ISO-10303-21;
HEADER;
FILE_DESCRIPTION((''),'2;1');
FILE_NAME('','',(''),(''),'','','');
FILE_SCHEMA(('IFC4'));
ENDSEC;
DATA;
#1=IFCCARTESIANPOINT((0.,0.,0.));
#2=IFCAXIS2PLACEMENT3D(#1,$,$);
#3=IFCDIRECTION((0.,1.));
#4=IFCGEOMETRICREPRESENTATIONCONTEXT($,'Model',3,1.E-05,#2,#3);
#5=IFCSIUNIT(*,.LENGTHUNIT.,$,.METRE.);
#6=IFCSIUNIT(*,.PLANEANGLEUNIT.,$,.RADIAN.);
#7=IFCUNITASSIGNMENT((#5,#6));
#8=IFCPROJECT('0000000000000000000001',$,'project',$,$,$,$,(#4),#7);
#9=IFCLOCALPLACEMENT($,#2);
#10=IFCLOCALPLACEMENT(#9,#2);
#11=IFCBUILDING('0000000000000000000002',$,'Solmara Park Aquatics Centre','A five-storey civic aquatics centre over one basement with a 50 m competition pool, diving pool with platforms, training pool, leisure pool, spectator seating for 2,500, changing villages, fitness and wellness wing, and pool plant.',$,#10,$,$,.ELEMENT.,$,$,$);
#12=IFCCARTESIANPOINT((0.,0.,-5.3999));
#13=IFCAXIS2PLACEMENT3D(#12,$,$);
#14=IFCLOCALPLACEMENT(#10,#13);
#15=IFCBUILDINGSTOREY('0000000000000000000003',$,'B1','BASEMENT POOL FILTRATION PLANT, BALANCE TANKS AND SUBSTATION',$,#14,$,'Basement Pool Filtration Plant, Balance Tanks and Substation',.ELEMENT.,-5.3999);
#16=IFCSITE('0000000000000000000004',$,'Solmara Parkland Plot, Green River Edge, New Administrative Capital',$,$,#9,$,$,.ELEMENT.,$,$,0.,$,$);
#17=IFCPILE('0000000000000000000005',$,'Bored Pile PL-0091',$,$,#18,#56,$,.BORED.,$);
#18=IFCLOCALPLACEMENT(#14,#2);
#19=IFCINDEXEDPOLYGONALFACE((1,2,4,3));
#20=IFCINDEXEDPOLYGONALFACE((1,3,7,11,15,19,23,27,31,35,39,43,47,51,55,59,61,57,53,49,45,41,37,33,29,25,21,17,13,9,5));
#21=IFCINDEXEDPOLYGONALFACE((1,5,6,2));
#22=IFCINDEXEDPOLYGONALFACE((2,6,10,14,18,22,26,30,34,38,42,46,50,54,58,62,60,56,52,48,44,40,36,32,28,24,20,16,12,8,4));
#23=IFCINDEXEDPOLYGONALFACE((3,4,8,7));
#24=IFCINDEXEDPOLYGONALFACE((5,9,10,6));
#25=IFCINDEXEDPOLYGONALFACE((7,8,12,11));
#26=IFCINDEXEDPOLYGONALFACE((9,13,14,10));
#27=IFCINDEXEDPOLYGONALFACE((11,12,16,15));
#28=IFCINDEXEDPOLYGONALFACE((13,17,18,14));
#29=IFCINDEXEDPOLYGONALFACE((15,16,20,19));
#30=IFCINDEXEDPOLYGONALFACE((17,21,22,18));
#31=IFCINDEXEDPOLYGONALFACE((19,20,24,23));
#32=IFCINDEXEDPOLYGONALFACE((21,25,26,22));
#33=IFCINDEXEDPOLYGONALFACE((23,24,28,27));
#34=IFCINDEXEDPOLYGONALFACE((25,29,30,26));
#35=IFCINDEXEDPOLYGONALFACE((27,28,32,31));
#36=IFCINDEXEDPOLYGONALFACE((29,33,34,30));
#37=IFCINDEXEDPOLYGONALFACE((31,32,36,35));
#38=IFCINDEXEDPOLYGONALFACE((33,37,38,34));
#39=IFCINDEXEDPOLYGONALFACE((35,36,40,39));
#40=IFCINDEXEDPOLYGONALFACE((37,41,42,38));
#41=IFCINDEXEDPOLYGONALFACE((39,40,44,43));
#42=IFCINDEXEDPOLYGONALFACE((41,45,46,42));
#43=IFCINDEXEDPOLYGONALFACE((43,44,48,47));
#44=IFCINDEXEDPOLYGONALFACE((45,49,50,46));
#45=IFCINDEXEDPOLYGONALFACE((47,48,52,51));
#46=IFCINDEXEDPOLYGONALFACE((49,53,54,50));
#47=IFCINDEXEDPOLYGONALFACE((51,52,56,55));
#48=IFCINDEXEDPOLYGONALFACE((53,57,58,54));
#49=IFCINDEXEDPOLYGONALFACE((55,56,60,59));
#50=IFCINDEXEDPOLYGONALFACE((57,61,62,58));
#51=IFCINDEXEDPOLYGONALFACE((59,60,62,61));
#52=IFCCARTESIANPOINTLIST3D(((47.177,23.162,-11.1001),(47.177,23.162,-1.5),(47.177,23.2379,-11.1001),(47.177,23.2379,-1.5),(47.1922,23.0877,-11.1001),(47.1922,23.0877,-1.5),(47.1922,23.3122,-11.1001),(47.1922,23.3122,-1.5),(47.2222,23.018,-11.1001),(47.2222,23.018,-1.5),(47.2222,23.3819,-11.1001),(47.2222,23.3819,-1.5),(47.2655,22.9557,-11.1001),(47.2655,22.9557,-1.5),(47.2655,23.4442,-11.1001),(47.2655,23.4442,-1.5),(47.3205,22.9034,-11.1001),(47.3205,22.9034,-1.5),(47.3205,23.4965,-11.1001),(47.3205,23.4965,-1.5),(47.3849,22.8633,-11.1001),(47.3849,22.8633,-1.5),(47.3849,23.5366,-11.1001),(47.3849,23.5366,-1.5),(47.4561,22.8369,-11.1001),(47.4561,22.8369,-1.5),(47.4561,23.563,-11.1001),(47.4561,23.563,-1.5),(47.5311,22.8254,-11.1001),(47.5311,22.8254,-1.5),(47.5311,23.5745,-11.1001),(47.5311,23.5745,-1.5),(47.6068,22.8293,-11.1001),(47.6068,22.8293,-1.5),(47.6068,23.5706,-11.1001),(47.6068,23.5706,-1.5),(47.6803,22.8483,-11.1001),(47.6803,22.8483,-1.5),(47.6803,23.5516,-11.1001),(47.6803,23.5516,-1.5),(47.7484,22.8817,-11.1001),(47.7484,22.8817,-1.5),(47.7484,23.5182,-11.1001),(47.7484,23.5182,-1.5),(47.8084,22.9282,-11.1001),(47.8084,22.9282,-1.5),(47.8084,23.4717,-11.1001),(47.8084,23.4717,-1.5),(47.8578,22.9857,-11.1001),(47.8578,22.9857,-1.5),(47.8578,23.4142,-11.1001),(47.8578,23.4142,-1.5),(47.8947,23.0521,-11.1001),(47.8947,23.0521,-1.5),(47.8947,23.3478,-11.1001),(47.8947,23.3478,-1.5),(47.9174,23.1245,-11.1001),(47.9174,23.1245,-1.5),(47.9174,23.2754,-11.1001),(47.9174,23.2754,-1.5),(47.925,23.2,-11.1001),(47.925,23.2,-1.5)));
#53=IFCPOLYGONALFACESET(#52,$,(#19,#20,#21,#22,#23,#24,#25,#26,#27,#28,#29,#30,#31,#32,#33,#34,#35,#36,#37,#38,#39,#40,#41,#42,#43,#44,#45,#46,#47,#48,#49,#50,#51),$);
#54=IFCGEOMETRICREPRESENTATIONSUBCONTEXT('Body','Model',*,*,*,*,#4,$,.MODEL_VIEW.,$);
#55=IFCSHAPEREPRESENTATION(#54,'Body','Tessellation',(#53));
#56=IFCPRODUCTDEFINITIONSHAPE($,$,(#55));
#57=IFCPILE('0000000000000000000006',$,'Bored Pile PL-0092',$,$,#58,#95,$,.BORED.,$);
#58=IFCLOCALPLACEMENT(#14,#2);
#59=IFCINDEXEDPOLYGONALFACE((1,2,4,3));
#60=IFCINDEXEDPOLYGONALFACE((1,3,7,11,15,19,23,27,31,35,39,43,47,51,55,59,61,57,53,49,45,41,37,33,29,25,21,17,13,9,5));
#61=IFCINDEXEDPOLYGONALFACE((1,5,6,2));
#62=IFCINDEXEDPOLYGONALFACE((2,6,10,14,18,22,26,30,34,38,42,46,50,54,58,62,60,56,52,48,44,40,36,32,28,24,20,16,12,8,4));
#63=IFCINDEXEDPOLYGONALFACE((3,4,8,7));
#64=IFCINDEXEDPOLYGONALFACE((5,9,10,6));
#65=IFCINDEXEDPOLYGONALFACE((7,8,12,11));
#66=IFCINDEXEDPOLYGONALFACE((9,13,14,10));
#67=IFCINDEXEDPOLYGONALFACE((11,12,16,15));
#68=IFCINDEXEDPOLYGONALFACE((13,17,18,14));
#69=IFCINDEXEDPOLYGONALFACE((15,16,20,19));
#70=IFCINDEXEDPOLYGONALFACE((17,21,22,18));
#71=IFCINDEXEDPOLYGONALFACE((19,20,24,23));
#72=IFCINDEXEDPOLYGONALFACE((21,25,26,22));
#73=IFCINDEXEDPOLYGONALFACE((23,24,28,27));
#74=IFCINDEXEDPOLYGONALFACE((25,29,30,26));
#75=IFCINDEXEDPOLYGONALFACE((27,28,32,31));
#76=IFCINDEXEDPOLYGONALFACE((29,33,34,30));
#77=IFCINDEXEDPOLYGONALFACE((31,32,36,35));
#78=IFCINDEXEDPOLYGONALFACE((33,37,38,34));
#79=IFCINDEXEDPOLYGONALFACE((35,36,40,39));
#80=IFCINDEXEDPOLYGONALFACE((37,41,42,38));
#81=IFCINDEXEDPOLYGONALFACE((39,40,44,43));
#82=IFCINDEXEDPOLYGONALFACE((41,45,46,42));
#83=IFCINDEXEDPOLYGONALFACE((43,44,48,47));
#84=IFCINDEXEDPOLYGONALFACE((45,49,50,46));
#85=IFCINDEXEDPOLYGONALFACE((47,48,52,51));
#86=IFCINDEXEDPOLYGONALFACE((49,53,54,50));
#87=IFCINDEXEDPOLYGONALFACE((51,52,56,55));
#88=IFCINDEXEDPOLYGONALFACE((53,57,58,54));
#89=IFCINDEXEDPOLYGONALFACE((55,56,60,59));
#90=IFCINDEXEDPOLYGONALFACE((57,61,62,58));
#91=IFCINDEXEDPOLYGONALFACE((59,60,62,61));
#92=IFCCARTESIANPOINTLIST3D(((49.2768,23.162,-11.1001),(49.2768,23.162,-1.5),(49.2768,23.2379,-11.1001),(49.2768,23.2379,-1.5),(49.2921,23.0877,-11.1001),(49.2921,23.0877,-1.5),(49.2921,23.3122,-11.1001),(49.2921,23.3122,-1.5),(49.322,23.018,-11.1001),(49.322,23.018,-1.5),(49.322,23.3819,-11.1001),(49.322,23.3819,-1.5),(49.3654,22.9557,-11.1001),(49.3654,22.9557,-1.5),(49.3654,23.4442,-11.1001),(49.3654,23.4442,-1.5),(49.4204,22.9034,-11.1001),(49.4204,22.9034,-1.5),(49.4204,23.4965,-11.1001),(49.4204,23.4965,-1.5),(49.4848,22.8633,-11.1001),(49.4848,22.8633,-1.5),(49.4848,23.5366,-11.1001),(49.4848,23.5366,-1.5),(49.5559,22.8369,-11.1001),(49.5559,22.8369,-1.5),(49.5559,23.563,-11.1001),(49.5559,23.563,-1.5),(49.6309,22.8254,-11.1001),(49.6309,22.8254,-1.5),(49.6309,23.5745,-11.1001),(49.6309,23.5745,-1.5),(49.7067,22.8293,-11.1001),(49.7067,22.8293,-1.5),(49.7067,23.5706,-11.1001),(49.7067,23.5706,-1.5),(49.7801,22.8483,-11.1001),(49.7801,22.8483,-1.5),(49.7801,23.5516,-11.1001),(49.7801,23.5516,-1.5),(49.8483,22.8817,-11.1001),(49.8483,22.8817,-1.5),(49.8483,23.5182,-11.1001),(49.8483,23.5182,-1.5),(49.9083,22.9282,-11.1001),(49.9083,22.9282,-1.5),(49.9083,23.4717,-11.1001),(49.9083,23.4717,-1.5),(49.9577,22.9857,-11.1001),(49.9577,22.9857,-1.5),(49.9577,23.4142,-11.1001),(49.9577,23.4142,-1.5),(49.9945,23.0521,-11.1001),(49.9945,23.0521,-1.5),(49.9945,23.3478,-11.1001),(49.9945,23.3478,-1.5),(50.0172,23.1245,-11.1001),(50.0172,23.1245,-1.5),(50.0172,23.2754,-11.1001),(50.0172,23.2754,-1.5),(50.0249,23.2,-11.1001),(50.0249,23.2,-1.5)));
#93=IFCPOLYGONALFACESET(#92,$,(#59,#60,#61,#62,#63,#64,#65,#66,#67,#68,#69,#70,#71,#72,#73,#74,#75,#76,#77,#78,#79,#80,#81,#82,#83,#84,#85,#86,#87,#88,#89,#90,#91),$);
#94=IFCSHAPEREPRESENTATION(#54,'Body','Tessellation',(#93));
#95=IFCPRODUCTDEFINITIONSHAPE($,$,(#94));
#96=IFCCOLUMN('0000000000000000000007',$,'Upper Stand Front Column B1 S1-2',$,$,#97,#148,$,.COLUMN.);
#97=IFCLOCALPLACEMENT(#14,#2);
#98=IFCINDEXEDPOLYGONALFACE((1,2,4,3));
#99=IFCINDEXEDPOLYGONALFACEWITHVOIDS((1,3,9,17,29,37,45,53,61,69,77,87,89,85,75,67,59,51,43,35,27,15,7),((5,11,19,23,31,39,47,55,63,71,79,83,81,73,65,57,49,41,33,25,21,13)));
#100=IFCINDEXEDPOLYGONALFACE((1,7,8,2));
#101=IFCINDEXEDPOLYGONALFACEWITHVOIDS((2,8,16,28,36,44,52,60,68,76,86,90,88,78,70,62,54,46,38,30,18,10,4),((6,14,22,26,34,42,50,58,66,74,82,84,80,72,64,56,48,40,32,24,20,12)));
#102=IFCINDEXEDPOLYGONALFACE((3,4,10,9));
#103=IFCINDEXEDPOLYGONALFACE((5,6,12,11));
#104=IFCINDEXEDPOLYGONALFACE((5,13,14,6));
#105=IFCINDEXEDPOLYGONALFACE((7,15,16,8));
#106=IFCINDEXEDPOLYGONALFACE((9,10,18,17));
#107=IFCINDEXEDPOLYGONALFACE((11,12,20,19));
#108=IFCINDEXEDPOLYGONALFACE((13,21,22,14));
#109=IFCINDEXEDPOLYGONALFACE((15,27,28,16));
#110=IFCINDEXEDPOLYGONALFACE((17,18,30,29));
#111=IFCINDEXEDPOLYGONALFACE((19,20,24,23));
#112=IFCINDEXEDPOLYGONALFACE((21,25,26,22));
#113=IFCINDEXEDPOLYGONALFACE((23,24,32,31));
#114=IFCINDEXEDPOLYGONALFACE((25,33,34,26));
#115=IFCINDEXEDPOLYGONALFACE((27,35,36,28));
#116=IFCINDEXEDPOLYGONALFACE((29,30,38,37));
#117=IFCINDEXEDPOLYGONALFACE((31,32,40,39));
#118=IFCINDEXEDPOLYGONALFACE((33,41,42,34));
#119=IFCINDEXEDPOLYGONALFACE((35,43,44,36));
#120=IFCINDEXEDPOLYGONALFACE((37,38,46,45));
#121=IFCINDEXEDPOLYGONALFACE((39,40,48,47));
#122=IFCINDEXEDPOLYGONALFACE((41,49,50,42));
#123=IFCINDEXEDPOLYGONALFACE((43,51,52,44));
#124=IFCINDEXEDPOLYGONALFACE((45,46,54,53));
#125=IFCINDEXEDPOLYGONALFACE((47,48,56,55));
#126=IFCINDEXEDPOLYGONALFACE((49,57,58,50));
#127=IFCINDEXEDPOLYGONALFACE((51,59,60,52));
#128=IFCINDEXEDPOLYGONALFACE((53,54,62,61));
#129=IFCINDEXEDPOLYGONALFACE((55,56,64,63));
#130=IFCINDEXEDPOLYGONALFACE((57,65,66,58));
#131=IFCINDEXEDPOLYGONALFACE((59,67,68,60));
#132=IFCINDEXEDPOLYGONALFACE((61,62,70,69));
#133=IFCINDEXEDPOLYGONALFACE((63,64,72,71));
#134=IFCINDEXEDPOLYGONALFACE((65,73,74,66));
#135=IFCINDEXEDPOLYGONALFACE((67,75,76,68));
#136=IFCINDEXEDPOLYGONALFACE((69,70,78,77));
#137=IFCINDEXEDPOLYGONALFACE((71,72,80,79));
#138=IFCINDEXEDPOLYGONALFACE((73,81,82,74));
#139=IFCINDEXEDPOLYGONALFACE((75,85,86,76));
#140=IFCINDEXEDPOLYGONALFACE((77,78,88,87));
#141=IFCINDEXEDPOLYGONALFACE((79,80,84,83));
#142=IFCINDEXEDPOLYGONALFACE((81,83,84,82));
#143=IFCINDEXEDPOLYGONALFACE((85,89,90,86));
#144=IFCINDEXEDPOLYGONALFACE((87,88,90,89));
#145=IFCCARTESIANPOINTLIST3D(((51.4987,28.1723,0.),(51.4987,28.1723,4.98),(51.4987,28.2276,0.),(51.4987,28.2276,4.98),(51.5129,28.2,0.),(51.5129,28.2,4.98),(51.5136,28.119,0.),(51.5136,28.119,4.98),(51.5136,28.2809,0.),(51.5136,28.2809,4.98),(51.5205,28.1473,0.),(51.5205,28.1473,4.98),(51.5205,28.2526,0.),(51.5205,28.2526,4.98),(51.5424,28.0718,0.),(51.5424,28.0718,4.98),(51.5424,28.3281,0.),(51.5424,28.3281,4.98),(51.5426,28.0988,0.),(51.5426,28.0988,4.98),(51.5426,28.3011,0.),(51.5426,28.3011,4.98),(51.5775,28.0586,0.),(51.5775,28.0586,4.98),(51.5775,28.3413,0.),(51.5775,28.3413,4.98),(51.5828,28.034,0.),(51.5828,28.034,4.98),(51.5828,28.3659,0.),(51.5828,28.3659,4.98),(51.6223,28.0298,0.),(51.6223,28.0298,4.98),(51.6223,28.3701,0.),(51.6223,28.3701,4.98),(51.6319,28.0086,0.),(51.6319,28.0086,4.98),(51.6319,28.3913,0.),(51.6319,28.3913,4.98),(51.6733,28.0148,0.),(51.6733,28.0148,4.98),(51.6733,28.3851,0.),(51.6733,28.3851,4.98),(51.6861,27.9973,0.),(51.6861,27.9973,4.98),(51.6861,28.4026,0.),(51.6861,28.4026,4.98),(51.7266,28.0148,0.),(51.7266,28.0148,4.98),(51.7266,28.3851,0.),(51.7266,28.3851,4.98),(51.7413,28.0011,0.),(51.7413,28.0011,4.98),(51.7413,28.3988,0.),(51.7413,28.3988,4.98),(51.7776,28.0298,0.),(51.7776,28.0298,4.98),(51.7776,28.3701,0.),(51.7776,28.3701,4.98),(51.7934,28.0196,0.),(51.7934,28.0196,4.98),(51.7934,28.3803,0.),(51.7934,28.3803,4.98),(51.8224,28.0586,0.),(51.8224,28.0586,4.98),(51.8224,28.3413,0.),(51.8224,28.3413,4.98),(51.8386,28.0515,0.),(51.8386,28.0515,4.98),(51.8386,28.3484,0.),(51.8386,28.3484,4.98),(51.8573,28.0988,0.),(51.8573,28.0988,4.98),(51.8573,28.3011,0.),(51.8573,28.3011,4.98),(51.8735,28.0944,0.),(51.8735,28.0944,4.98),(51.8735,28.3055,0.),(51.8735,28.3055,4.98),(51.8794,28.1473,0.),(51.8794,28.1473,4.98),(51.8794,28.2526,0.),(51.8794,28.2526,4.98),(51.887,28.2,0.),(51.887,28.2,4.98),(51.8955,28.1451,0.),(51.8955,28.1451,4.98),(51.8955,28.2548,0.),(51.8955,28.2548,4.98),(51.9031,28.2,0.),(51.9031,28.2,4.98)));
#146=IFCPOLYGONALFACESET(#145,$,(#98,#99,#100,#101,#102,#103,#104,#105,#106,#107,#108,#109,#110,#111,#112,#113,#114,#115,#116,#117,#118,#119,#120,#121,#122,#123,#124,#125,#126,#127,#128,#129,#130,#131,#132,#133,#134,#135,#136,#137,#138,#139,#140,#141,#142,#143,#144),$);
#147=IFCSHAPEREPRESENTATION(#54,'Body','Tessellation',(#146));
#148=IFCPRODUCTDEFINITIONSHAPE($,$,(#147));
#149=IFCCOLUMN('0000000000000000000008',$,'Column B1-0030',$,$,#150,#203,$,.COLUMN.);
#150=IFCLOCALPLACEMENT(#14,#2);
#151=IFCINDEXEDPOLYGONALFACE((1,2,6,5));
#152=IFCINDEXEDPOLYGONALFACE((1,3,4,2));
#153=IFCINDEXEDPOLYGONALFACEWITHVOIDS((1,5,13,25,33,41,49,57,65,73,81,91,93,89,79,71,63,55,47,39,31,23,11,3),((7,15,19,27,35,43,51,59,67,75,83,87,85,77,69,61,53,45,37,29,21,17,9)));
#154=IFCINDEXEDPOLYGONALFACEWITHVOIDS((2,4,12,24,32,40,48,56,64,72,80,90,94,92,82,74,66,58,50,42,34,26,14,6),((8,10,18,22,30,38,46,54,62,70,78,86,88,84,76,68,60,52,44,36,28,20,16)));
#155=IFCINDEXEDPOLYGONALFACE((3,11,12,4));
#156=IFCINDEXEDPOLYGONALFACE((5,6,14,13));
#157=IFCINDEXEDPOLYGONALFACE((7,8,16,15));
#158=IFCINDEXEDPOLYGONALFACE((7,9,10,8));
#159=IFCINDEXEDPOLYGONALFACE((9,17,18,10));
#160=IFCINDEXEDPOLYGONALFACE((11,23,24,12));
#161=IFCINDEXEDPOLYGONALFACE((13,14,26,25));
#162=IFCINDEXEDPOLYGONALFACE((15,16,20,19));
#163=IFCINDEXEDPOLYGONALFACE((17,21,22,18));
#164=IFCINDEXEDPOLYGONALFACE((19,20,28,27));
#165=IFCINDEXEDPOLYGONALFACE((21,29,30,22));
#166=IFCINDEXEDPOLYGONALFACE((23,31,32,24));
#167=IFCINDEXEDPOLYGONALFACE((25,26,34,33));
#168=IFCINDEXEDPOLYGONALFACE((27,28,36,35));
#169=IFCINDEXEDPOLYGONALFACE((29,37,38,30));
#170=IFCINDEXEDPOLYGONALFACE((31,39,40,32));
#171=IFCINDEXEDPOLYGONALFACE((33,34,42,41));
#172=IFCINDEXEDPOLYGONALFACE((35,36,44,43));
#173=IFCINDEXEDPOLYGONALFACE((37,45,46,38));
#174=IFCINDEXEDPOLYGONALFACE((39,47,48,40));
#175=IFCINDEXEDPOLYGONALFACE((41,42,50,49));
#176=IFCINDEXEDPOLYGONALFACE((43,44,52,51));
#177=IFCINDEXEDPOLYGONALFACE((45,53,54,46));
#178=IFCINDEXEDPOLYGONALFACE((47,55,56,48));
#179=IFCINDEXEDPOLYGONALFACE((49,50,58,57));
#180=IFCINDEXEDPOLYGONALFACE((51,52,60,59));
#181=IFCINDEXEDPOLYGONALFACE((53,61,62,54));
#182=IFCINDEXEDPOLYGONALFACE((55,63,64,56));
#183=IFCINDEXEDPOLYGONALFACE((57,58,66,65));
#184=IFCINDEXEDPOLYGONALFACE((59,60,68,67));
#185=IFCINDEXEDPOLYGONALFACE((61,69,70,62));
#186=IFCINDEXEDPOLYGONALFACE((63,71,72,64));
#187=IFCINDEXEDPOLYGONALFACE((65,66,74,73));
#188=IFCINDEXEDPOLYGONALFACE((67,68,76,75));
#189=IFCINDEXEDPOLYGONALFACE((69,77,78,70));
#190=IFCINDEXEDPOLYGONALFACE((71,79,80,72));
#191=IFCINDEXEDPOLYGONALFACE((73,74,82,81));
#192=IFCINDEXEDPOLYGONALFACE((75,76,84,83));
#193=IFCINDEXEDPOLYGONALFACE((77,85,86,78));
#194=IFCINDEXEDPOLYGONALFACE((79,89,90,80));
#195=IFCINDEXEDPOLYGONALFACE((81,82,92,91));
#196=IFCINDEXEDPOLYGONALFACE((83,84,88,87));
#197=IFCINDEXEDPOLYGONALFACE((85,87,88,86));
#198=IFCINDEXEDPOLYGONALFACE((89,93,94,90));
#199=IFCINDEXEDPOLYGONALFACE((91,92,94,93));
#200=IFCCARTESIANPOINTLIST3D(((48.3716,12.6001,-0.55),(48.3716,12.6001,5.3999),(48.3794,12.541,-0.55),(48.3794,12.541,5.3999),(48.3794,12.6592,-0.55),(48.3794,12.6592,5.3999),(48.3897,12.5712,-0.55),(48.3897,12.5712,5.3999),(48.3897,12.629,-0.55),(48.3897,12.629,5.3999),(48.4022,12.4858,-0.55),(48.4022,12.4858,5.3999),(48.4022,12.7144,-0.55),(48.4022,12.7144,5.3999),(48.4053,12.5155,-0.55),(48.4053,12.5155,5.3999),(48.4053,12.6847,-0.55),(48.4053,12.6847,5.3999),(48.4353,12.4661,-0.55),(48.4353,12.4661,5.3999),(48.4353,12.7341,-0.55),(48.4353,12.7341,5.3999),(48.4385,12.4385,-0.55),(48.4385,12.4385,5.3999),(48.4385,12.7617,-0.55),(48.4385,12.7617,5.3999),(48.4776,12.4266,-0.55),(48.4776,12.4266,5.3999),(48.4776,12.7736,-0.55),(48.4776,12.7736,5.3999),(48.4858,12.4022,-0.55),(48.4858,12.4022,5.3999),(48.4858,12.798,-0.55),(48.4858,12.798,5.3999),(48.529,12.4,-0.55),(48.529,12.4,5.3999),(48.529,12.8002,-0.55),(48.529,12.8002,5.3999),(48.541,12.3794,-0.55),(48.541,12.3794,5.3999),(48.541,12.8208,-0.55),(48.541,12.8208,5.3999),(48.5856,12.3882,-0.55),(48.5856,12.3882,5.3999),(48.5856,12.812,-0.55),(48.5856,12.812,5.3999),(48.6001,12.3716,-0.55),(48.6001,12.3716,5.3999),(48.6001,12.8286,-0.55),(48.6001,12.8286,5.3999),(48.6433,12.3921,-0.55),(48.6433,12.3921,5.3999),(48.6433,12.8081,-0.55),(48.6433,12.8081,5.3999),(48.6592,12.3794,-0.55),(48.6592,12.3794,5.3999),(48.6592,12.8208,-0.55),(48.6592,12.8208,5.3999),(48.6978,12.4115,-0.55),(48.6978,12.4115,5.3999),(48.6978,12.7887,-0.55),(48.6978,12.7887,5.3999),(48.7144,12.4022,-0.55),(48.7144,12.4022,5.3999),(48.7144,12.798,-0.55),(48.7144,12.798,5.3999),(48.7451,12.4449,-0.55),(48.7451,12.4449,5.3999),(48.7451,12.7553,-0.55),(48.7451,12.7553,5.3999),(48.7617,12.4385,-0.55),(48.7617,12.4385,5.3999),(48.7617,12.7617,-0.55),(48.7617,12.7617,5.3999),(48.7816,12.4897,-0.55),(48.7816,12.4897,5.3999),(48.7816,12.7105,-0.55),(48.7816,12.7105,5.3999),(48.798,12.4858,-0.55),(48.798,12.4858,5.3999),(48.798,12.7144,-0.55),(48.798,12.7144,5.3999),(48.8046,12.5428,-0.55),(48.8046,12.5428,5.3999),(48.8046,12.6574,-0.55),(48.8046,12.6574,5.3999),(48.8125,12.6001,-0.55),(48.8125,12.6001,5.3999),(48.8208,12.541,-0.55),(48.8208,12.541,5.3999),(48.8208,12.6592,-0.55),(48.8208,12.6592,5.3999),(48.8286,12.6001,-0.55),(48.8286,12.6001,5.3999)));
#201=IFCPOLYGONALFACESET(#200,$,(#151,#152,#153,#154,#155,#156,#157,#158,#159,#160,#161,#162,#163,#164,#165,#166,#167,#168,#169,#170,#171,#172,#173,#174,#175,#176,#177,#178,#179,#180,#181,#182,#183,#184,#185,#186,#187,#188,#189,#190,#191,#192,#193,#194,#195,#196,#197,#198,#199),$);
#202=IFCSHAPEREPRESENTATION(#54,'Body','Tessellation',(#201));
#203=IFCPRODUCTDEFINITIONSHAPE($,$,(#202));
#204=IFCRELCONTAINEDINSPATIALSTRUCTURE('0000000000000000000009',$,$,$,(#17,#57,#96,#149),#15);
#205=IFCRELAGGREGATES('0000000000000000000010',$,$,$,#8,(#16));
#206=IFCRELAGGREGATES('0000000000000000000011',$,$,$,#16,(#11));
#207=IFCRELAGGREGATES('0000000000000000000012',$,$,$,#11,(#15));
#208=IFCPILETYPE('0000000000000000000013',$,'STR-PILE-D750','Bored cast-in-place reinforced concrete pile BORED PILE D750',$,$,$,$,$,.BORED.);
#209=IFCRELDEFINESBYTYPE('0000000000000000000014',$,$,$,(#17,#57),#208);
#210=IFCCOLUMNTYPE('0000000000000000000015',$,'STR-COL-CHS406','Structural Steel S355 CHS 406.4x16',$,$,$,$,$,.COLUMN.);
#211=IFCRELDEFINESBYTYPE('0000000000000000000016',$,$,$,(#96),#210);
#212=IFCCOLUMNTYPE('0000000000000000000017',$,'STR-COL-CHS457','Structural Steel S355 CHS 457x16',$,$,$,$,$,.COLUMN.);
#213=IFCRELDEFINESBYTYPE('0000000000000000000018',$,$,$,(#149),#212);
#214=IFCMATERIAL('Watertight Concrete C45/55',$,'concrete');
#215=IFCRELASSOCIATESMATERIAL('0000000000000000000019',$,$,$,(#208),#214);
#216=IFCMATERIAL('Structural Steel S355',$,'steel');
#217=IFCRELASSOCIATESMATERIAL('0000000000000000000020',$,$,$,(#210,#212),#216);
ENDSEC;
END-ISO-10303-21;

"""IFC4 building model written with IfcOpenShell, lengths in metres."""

from ifc_helpers import new_model, si_unit, direction, frame, origin, origin_2d, place, context, subcontext, project, spatial, circle, hollow_circle, extrude, material, material_profile, profile_set, type_object, element, save


model = new_model("IFC4")

# Units and contexts
model_context = context("Model", 3, precision=1e-05, world=origin(), true_north=direction((0.0, 1.0)))
body_context = subcontext(model_context, "Body", "Model", "MODEL_VIEW")
ifc_project = project(units=[si_unit("LENGTHUNIT", "METRE"), si_unit("PLANEANGLEUNIT", "RADIAN")], contexts=[model_context])

# Site, building, storey
site_placement = place(None, origin())
site = spatial("IfcSite", under=ifc_project, at=site_placement, Name="Solmara Parkland Plot, Green River Edge, New Administrative Capital", CompositionType="ELEMENT", RefElevation=0.0)
building_placement = place(site_placement, origin())
building = spatial("IfcBuilding", under=site, at=building_placement, Name="Solmara Park Aquatics Centre", Description="A five-storey civic aquatics centre over one basement with a 50 m competition pool, diving pool with platforms, training pool, leisure pool, spectator seating for 2,500, changing villages, fitness and wellness wing, and pool plant.", CompositionType="ELEMENT")
storey_placement = place(building_placement, frame((0.0, 0.0, -5.3999)))
storey = spatial("IfcBuildingStorey", under=building, at=storey_placement, Name="B1", Description="BASEMENT POOL FILTRATION PLANT, BALANCE TANKS AND SUBSTATION", LongName="Basement Pool Filtration Plant, Balance Tanks and Substation", CompositionType="ELEMENT", Elevation=-5.3999)

# Shared definitions
ifc_material_1 = material(Name="Watertight Concrete C45/55", Category="concrete")

# Piles
ifc_material_profile_1 = material_profile(ifc_material_1, circle(Radius=0.375, at=origin_2d()), Name="BORED PILE D750")
ifc_profile_set_1 = profile_set([ifc_material_profile_1], Name="Watertight Concrete C45/55")
pile_type_1 = type_object("IfcPileType", Name="STR-PILE-D750", Description="Bored cast-in-place reinforced concrete pile BORED PILE D750", PredefinedType="BORED", material=ifc_profile_set_1)
for number, where, z_axis, x_axis, name in (
    (1, (47.55, 23.2, -1.5), (0.0, 0.0, -1.0), (1.0, 0.0, 0.0), "Bored Pile PL-0091"),
    (2, (49.6499, 23.2, -1.5), (0.0, 0.0, -1.0), (1.0, 0.0, 0.0), "Bored Pile PL-0092"),
):
    element("IfcPile", number, at=place(storey_placement, frame(where, z_axis=z_axis, x_axis=x_axis)), inside=storey, type_object=pile_type_1, Name=name, PredefinedType="BORED", context=body_context, shape_type="SweptSolid", body=[
        extrude(circle(Radius=0.375, at=origin_2d()), origin(), (0.0, 0.0, 1.0), 9.6001),
    ])

# Columns
ifc_material_2 = material(Name="Structural Steel S355", Category="steel")
ifc_material_profile_2 = material_profile(ifc_material_2, hollow_circle(Radius=0.2031, WallThickness=0.0161, at=origin_2d()), Name="CHS 406.4x16")
ifc_profile_set_2 = profile_set([ifc_material_profile_2], Name="Structural Steel S355")
column_type_1 = type_object("IfcColumnType", Name="STR-COL-CHS406", Description="Structural Steel S355 CHS 406.4x16", PredefinedType="COLUMN", material=ifc_profile_set_2)
column_1_placement = place(storey_placement, frame((51.7, 28.2, 0.0), z_axis=(0.0, 0.0, 1.0), x_axis=(1.0, 0.0, 0.0)))
element("IfcColumn", 3, at=column_1_placement, inside=storey, type_object=column_type_1, Name="Upper Stand Front Column B1 S1-2", PredefinedType="COLUMN", context=body_context, shape_type="SweptSolid", body=[
    extrude(hollow_circle(Radius=0.2031, WallThickness=0.0161, at=origin_2d()), origin(), (0.0, 0.0, 1.0), 4.98),
])
ifc_material_profile_3 = material_profile(ifc_material_2, hollow_circle(Radius=0.2285, WallThickness=0.0161, at=origin_2d()), Name="CHS 457x16")
ifc_profile_set_3 = profile_set([ifc_material_profile_3], Name="Structural Steel S355")
column_type_2 = type_object("IfcColumnType", Name="STR-COL-CHS457", Description="Structural Steel S355 CHS 457x16", PredefinedType="COLUMN", material=ifc_profile_set_3)
column_2_placement = place(storey_placement, frame((48.6001, 12.6001, -0.55), z_axis=(0.0, 0.0, 1.0), x_axis=(1.0, 0.0, 0.0)))
element("IfcColumn", 4, at=column_2_placement, inside=storey, type_object=column_type_2, Name="Column B1-0030", PredefinedType="COLUMN", context=body_context, shape_type="SweptSolid", body=[
    extrude(hollow_circle(Radius=0.2285, WallThickness=0.0161, at=origin_2d()), origin(), (0.0, 0.0, 1.0), 5.95),
])

save(model, "model.ifc")
